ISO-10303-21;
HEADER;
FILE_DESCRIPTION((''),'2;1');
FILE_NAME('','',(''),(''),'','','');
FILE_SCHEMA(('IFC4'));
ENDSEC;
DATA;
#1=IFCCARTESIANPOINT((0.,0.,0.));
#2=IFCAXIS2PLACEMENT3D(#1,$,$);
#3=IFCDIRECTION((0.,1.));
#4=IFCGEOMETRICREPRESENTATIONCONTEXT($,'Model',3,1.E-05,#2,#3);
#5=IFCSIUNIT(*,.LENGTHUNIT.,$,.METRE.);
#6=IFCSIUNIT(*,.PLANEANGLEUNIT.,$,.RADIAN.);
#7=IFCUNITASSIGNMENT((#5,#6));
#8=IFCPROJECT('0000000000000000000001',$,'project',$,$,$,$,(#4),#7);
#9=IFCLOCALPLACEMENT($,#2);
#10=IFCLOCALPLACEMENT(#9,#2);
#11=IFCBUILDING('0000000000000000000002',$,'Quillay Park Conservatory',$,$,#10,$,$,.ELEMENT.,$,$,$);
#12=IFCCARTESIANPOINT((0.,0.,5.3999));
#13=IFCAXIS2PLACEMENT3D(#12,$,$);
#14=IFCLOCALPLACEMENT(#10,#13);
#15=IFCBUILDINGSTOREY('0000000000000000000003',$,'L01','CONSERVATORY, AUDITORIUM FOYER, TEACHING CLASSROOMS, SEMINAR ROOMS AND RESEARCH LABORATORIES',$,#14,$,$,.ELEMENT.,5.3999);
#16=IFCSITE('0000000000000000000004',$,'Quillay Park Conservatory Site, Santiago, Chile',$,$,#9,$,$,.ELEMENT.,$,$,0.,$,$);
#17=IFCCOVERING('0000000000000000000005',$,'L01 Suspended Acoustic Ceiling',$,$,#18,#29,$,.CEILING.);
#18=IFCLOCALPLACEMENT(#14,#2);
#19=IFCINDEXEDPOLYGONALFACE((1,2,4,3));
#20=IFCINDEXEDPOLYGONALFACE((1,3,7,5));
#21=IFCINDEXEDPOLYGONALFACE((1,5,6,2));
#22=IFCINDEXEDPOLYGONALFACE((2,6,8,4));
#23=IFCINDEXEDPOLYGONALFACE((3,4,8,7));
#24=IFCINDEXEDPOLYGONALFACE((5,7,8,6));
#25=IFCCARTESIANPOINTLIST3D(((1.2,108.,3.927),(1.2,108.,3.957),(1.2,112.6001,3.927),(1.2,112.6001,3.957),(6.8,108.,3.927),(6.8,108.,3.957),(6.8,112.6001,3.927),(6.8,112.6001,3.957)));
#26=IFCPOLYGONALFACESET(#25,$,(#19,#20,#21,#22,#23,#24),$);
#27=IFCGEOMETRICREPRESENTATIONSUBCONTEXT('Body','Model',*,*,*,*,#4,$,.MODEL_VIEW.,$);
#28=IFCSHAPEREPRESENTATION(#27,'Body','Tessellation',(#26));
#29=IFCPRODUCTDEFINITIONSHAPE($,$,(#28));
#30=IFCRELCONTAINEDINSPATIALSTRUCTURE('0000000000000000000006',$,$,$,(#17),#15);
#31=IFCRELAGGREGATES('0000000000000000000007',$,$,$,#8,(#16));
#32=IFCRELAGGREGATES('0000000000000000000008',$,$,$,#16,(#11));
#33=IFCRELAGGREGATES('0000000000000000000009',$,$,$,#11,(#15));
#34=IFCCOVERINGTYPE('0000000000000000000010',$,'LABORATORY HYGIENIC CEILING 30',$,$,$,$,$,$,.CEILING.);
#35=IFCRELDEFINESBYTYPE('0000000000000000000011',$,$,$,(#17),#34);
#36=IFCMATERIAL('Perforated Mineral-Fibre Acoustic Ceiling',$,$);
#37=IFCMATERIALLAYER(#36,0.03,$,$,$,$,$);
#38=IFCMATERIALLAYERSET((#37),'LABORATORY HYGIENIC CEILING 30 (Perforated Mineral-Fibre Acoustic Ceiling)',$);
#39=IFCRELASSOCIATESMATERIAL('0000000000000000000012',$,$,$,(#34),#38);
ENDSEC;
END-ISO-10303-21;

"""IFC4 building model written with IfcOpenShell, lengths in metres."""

from ifc_helpers import new_model, si_unit, direction, frame, origin, place, context, subcontext, project, spatial, polyline, outline, extrude, material, layer, layer_set, type_object, element, save


model = new_model("IFC4")

# Units and contexts
model_context = context("Model", 3, precision=1e-05, world=origin(), true_north=direction((0.0, 1.0)))
body_context = subcontext(model_context, "Body", "Model", "MODEL_VIEW")
ifc_project = project(units=[si_unit("LENGTHUNIT", "METRE"), si_unit("PLANEANGLEUNIT", "RADIAN")], contexts=[model_context])

# Site, building, storey
site_placement = place(None, origin())
site = spatial("IfcSite", under=ifc_project, at=site_placement, Name="Quillay Park Conservatory Site, Santiago, Chile", CompositionType="ELEMENT", RefElevation=0.0)
building_placement = place(site_placement, origin())
building = spatial("IfcBuilding", under=site, at=building_placement, Name="Quillay Park Conservatory", CompositionType="ELEMENT")
storey_placement = place(building_placement, frame((0.0, 0.0, 5.3999)))
storey = spatial("IfcBuildingStorey", under=building, at=storey_placement, Name="L01", Description="CONSERVATORY, AUDITORIUM FOYER, TEACHING CLASSROOMS, SEMINAR ROOMS AND RESEARCH LABORATORIES", CompositionType="ELEMENT", Elevation=5.3999)

# Covering
ifc_material_1 = material(Name="Perforated Mineral-Fibre Acoustic Ceiling")
ifc_layer_1 = layer(ifc_material_1, 0.03)
ifc_layer_set_1 = layer_set([ifc_layer_1], Name="LABORATORY HYGIENIC CEILING 30 (Perforated Mineral-Fibre Acoustic Ceiling)")
covering_type = type_object("IfcCoveringType", Name="LABORATORY HYGIENIC CEILING 30", PredefinedType="CEILING", material=ifc_layer_set_1)
covering_placement = place(storey_placement, frame((0.0, 0.0, 3.927)))
element("IfcCovering", 1, at=covering_placement, inside=storey, type_object=covering_type, Name="L01 Suspended Acoustic Ceiling", PredefinedType="CEILING", context=body_context, shape_type="SweptSolid", body=[
    extrude(outline(polyline([(1.2, 108.0), (6.8, 108.0), (6.8, 112.6001), (1.2, 112.6001), (1.2, 108.0)])), origin(), (0.0, 0.0, 1.0), 0.03),
])

save(model, "model.ifc")
